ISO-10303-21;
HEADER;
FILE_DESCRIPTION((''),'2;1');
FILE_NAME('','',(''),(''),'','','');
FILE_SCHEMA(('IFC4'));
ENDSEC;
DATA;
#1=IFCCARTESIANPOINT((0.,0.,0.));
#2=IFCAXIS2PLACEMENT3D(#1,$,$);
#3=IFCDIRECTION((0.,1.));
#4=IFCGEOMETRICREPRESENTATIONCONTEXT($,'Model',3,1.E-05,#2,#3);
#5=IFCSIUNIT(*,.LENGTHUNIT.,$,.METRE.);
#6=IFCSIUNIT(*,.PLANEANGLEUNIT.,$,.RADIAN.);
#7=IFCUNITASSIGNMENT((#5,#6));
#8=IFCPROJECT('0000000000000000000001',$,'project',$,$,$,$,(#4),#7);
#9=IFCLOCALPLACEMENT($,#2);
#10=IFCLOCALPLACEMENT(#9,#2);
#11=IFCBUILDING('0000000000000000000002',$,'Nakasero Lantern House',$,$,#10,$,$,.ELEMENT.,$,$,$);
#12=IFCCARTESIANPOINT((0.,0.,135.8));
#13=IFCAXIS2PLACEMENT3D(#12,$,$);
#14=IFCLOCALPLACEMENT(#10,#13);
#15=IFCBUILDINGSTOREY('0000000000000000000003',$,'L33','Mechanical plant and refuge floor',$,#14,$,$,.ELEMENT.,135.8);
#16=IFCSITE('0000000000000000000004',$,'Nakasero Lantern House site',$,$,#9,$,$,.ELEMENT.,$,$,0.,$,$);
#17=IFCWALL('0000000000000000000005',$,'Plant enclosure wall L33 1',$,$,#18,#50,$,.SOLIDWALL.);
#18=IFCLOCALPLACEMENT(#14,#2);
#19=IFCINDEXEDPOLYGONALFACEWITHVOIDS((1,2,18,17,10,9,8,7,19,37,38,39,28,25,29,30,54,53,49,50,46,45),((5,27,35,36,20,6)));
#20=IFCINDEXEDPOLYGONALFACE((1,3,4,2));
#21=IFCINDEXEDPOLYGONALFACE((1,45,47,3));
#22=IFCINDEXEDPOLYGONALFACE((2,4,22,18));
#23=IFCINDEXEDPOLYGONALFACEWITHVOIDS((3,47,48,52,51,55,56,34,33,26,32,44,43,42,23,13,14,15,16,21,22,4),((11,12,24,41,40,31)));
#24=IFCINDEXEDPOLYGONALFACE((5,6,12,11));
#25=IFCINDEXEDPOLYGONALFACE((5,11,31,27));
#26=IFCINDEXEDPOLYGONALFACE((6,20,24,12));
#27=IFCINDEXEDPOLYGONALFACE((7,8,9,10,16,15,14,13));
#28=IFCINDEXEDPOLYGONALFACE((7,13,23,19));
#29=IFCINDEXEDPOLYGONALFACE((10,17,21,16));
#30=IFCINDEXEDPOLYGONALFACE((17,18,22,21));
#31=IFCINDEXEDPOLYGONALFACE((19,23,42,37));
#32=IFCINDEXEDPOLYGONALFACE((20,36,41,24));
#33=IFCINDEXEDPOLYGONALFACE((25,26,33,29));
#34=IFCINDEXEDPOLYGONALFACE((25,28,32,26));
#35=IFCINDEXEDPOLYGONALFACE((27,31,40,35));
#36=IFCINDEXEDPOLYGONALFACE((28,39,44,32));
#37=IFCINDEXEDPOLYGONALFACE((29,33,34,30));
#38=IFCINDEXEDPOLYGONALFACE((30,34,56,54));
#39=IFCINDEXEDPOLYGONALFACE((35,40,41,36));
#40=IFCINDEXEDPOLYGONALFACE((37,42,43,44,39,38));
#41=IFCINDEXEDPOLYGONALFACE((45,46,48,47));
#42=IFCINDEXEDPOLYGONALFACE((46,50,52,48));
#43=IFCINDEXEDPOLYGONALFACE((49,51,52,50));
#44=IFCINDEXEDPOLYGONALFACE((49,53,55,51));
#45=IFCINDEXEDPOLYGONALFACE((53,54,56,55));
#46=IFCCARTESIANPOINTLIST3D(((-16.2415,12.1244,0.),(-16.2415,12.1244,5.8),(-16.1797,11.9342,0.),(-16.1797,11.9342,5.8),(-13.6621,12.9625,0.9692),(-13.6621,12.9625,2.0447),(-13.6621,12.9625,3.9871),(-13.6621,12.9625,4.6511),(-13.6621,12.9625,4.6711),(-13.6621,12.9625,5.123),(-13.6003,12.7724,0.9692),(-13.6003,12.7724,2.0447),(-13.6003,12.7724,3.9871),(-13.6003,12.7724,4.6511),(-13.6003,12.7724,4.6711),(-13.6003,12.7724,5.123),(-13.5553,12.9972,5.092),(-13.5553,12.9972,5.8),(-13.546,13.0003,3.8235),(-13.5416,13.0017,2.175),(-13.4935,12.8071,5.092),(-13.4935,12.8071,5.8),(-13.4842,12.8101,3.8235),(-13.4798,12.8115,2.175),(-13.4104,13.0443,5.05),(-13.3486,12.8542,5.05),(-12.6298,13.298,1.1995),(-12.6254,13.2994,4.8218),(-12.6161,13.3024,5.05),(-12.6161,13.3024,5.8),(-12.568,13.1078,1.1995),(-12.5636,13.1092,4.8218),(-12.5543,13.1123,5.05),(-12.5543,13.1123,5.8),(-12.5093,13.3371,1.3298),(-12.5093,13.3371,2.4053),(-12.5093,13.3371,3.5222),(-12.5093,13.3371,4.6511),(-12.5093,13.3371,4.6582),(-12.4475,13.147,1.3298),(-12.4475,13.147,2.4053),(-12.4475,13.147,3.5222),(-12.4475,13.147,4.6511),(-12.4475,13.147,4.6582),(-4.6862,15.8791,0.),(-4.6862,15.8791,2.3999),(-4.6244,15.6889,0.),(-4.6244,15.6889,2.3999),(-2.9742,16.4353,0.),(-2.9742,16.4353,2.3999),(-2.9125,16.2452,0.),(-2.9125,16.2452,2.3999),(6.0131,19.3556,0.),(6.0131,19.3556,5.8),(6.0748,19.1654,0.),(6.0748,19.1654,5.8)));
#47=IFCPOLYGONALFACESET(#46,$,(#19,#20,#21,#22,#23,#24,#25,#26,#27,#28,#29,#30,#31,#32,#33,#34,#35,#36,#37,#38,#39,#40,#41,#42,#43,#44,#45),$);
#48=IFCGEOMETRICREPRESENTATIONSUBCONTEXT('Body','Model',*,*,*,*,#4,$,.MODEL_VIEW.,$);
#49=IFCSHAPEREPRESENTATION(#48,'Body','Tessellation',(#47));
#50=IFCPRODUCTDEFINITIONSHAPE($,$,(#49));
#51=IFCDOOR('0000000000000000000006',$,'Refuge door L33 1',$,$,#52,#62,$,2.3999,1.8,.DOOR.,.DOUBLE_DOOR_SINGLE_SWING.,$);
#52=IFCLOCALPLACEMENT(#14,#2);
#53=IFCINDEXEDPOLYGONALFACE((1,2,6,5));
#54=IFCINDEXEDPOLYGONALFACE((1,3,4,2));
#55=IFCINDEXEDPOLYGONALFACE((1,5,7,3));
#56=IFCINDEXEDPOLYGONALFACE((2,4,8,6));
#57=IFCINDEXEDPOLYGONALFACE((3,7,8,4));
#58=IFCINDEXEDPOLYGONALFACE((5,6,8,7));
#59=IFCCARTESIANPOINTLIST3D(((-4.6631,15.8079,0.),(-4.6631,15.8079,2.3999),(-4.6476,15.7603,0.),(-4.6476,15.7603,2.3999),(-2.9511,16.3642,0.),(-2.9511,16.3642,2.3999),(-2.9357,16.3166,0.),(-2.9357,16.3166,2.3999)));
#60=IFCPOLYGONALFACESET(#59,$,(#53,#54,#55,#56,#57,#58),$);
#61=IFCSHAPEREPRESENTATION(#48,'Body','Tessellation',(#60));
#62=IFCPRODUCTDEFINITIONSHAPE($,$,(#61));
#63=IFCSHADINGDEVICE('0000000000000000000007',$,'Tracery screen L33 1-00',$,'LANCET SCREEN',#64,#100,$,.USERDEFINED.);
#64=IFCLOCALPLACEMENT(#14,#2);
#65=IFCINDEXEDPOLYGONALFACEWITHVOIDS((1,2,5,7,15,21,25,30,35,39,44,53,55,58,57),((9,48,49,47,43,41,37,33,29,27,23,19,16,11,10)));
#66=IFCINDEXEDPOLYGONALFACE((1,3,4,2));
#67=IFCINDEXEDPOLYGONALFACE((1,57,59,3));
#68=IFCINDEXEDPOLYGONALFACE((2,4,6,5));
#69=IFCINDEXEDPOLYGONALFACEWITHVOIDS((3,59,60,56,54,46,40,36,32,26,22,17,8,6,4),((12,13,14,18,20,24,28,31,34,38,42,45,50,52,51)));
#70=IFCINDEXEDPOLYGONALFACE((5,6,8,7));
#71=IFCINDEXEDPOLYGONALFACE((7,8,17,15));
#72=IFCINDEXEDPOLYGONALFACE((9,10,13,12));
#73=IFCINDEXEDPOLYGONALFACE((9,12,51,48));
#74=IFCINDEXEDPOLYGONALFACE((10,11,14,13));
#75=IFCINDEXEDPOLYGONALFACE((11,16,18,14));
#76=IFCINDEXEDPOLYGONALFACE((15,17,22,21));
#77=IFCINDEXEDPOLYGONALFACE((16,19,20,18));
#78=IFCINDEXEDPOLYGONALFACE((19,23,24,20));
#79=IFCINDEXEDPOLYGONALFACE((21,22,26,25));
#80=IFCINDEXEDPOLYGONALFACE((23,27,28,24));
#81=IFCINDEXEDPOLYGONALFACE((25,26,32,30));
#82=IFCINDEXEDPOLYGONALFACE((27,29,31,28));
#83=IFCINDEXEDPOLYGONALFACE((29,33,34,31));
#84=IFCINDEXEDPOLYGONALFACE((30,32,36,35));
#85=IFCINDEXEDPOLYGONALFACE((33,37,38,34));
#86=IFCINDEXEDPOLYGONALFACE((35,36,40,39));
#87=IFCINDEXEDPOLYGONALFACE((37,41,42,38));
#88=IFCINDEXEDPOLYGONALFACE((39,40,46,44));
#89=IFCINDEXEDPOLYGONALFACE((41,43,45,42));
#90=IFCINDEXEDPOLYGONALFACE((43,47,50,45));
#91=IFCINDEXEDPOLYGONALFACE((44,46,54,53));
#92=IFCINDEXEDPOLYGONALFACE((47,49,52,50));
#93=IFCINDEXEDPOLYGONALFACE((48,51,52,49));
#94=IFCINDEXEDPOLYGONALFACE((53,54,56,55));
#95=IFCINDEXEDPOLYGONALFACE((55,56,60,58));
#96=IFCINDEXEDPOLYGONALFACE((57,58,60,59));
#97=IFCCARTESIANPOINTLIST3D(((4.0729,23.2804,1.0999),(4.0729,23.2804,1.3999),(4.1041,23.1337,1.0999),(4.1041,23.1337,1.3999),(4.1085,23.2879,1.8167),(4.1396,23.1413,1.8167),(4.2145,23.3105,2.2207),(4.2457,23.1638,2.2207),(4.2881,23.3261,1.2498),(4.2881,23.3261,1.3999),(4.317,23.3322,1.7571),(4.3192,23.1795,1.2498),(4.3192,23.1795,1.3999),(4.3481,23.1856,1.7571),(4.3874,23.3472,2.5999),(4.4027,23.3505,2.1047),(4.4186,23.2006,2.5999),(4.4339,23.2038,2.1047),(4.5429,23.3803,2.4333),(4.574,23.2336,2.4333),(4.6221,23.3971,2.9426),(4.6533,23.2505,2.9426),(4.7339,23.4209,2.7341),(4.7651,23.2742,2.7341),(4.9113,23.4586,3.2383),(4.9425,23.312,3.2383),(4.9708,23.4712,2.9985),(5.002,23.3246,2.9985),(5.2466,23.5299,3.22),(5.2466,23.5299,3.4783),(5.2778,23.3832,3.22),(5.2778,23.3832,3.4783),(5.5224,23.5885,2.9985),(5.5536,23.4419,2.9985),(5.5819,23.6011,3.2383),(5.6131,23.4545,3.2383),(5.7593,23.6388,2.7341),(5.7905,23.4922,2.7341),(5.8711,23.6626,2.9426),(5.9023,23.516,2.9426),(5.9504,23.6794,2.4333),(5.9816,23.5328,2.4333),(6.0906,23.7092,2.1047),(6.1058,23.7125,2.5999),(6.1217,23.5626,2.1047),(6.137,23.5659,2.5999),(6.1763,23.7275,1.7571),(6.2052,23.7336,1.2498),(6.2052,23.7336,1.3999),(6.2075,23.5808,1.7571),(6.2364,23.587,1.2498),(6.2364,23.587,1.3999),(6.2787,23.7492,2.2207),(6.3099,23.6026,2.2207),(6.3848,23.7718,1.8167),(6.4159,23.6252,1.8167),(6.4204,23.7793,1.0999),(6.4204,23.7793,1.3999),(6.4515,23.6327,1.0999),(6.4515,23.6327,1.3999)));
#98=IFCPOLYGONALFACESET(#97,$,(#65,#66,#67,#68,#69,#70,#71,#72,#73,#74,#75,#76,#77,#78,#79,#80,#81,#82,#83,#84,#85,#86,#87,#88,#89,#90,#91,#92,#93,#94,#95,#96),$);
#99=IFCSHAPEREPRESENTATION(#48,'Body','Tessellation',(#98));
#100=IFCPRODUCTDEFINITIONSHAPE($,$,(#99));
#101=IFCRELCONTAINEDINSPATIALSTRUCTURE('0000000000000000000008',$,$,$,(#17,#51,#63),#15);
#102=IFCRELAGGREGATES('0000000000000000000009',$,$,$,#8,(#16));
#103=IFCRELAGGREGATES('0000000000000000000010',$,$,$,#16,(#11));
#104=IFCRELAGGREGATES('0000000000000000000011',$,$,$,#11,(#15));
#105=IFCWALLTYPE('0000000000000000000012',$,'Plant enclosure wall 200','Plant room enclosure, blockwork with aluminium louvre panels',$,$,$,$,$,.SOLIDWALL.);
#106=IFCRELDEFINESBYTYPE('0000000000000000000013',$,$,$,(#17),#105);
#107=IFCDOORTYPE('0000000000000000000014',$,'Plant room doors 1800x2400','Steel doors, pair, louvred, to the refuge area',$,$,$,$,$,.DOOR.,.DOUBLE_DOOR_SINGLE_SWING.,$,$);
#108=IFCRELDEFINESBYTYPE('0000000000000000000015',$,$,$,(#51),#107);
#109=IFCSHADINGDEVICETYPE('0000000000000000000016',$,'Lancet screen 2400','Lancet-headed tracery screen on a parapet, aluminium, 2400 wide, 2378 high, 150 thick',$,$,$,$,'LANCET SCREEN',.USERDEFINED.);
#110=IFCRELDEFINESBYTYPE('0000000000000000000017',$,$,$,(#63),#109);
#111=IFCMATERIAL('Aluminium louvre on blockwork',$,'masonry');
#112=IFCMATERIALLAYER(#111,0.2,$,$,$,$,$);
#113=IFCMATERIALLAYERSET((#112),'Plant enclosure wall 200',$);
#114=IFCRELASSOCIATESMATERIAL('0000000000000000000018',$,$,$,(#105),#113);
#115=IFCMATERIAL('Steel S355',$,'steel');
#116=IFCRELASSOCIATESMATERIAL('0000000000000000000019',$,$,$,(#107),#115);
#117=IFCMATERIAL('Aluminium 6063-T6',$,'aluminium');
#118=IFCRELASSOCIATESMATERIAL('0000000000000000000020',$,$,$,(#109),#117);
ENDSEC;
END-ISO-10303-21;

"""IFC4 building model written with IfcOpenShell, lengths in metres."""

from ifc_helpers import new_model, si_unit, direction, frame, frame_2d, origin, place, context, subcontext, project, spatial, polyline, rectangle, outline, extrude, material, layer, layer_set, type_object, element, fill, save


model = new_model("IFC4")

# Units and contexts
model_context = context("Model", 3, precision=1e-05, world=origin(), true_north=direction((0.0, 1.0)))
body_context = subcontext(model_context, "Body", "Model", "MODEL_VIEW")
ifc_project = project(units=[si_unit("LENGTHUNIT", "METRE"), si_unit("PLANEANGLEUNIT", "RADIAN")], contexts=[model_context])

# Site, building, storey
site_placement = place(None, origin())
site = spatial("IfcSite", under=ifc_project, at=site_placement, Name="Nakasero Lantern House site", CompositionType="ELEMENT", RefElevation=0.0)
building_placement = place(site_placement, origin())
building = spatial("IfcBuilding", under=site, at=building_placement, Name="Nakasero Lantern House", CompositionType="ELEMENT")
storey_placement = place(building_placement, frame((0.0, 0.0, 135.8)))
storey = spatial("IfcBuildingStorey", under=building, at=storey_placement, Name="L33", Description="Mechanical plant and refuge floor", CompositionType="ELEMENT", Elevation=135.8)

# Shared definitions
ifc_material_1 = material(Name="Aluminium louvre on blockwork", Category="masonry")
ifc_layer_1 = layer(ifc_material_1, 0.2)
ifc_layer_set_1 = layer_set([ifc_layer_1], Name="Plant enclosure wall 200")
wall_type_1 = type_object("IfcWallType", Name="Plant enclosure wall 200", Description="Plant room enclosure, blockwork with aluminium louvre panels", PredefinedType="SOLIDWALL", material=ifc_layer_set_1)

# Wall, openings, door
wall_1_placement = place(storey_placement, frame((6.0439, 19.2605, 0.0), z_axis=(0.0, 0.0, 1.0), x_axis=(-0.951054, -0.309026, 0.0)))
wall_1 = element("IfcWall", 1, at=wall_1_placement, inside=storey, type_object=wall_type_1, Name="Plant enclosure wall L33 1", PredefinedType="SOLIDWALL", context=body_context, shape_type="SweptSolid", body=[
    extrude(rectangle(XDim=23.3999, YDim=0.2, at=frame_2d((11.7, 0.0))), origin(), (0.0, 0.0, 1.0), 5.8),
])
opening_1_placement = place(wall_1_placement, frame((9.45, 0.0, 0.0)))
opening_1 = element("IfcOpeningElement", 2, at=opening_1_placement, cuts=wall_1, PredefinedType="OPENING", context=body_context, shape_type="SweptSolid", body=[
    extrude(rectangle(XDim=1.8, YDim=2.3999, at=frame_2d((0.8999, 1.2))), frame((0.0, 0.1199, 0.0), z_axis=(0.0, -1.0, 0.0), x_axis=(1.0, 0.0, 0.0)), (0.0, 0.0, 1.0), 0.24),
])
opening_2_placement = place(wall_1_placement, origin())
element("IfcOpeningElement", 3, at=opening_2_placement, cuts=wall_1, PredefinedType="OPENING", context=body_context, shape_type="SweptSolid", body=[
    extrude(outline(polyline([(19.4756, 1.3298), (19.6023, 1.1995), (20.6877, 0.9692), (20.6877, 2.0447), (20.561, 2.175), (19.4756, 2.4053), (19.4756, 1.3298)])), frame((0.0, 0.1199, 0.0), z_axis=(0.0, -1.0, 0.0), x_axis=(1.0, 0.0, 0.0)), (0.0, 0.0, 1.0), 0.24),
])
opening_3_placement = place(wall_1_placement, origin())
element("IfcOpeningElement", 4, at=opening_3_placement, cuts=wall_1, PredefinedType="OPENING", context=body_context, shape_type="SweptSolid", body=[
    extrude(outline(polyline([(20.6877, 3.9871), (20.6877, 4.6711), (19.4854, 4.6711), (19.4756, 4.6582), (19.4756, 3.5222), (20.5657, 3.8235), (20.6877, 3.9871)])), frame((0.0, 0.1199, 0.0), z_axis=(0.0, -1.0, 0.0), x_axis=(1.0, 0.0, 0.0)), (0.0, 0.0, 1.0), 0.24),
])
opening_4_placement = place(wall_1_placement, origin())
element("IfcOpeningElement", 5, at=opening_4_placement, cuts=wall_1, PredefinedType="OPENING", context=body_context, shape_type="SweptSolid", body=[
    extrude(outline(polyline([(19.5879, 5.05), (20.4231, 5.05), (19.5977, 4.8218), (19.4756, 4.6582), (19.4756, 4.6511), (20.6877, 4.6511), (20.6877, 5.123), (20.5754, 5.092), (20.5754, 5.8), (19.5879, 5.8), (19.5879, 5.05)])), frame((0.0, 0.1199, 0.0), z_axis=(0.0, -1.0, 0.0), x_axis=(1.0, 0.0, 0.0)), (0.0, 0.0, 1.0), 0.24),
])
ifc_material_2 = material(Name="Steel S355", Category="steel")
door_type_1 = type_object("IfcDoorType", Name="Plant room doors 1800x2400", Description="Steel doors, pair, louvred, to the refuge area", OperationType="DOUBLE_DOOR_SINGLE_SWING", PredefinedType="DOOR", material=ifc_material_2)
door_1_placement = place(opening_1_placement, origin())
door_1 = element("IfcDoor", 6, at=door_1_placement, inside=storey, type_object=door_type_1, Name="Refuge door L33 1", OperationType="DOUBLE_DOOR_SINGLE_SWING", OverallHeight=2.3999, OverallWidth=1.8, PredefinedType="DOOR", context=body_context, shape_type="SweptSolid", body=[
    extrude(rectangle(XDim=1.8, YDim=2.3999, at=frame_2d((0.8999, 1.2))), frame((0.0, 0.0249, 0.0), z_axis=(0.0, -1.0, 0.0), x_axis=(1.0, 0.0, 0.0)), (0.0, 0.0, 1.0), 0.05),
])
fill(opening_1, door_1)

# Shading device
ifc_material_3 = material(Name="Aluminium 6063-T6", Category="aluminium")
shading_device_type = type_object("IfcShadingDeviceType", Name="Lancet screen 2400", Description="Lancet-headed tracery screen on a parapet, aluminium, 2400 wide, 2378 high, 150 thick", ElementType="LANCET SCREEN", PredefinedType="USERDEFINED", material=ifc_material_3)
shading_device_placement = place(storey_placement, frame((5.2622, 23.4565, 1.0999), z_axis=(0.0, 0.0, 1.0), x_axis=(-0.978148, -0.207912, 0.0)))
element("IfcShadingDevice", 7, at=shading_device_placement, inside=storey, type_object=shading_device_type, Name="Tracery screen L33 1-00", ObjectType="LANCET SCREEN", PredefinedType="USERDEFINED", context=body_context, shape_type="SweptSolid", body=[
    extrude(outline(polyline([(-1.2, 0.0), (1.2, 0.0), (1.2, 0.3), (1.1636, 0.7168), (1.0552, 1.1208), (0.8784, 1.5), (0.6384, 1.8428), (0.3428, 2.1384), (0.0, 2.3784), (-0.3428, 2.1384), (-0.6384, 1.8428), (-0.8784, 1.5), (-1.0552, 1.1208), (-1.1636, 0.7168), (-1.2, 0.3), (-1.2, 0.0)]), holes=[polyline([(-0.98, 0.1499), (0.98, 0.1499), (0.98, 0.3), (0.9504, 0.6572), (0.8628, 1.0049), (0.7195, 1.3335), (0.5242, 1.6343), (0.282, 1.8987), (0.0, 2.1201), (-0.282, 1.8987), (-0.5242, 1.6343), (-0.7195, 1.3335), (-0.8628, 1.0049), (-0.9504, 0.6572), (-0.98, 0.3), (-0.98, 0.1499)])]), frame((0.0, 0.075, 0.0), z_axis=(0.0, -1.0, 0.0), x_axis=(1.0, 0.0, 0.0)), (0.0, 0.0, 1.0), 0.1499),
])

save(model, "model.ifc")
